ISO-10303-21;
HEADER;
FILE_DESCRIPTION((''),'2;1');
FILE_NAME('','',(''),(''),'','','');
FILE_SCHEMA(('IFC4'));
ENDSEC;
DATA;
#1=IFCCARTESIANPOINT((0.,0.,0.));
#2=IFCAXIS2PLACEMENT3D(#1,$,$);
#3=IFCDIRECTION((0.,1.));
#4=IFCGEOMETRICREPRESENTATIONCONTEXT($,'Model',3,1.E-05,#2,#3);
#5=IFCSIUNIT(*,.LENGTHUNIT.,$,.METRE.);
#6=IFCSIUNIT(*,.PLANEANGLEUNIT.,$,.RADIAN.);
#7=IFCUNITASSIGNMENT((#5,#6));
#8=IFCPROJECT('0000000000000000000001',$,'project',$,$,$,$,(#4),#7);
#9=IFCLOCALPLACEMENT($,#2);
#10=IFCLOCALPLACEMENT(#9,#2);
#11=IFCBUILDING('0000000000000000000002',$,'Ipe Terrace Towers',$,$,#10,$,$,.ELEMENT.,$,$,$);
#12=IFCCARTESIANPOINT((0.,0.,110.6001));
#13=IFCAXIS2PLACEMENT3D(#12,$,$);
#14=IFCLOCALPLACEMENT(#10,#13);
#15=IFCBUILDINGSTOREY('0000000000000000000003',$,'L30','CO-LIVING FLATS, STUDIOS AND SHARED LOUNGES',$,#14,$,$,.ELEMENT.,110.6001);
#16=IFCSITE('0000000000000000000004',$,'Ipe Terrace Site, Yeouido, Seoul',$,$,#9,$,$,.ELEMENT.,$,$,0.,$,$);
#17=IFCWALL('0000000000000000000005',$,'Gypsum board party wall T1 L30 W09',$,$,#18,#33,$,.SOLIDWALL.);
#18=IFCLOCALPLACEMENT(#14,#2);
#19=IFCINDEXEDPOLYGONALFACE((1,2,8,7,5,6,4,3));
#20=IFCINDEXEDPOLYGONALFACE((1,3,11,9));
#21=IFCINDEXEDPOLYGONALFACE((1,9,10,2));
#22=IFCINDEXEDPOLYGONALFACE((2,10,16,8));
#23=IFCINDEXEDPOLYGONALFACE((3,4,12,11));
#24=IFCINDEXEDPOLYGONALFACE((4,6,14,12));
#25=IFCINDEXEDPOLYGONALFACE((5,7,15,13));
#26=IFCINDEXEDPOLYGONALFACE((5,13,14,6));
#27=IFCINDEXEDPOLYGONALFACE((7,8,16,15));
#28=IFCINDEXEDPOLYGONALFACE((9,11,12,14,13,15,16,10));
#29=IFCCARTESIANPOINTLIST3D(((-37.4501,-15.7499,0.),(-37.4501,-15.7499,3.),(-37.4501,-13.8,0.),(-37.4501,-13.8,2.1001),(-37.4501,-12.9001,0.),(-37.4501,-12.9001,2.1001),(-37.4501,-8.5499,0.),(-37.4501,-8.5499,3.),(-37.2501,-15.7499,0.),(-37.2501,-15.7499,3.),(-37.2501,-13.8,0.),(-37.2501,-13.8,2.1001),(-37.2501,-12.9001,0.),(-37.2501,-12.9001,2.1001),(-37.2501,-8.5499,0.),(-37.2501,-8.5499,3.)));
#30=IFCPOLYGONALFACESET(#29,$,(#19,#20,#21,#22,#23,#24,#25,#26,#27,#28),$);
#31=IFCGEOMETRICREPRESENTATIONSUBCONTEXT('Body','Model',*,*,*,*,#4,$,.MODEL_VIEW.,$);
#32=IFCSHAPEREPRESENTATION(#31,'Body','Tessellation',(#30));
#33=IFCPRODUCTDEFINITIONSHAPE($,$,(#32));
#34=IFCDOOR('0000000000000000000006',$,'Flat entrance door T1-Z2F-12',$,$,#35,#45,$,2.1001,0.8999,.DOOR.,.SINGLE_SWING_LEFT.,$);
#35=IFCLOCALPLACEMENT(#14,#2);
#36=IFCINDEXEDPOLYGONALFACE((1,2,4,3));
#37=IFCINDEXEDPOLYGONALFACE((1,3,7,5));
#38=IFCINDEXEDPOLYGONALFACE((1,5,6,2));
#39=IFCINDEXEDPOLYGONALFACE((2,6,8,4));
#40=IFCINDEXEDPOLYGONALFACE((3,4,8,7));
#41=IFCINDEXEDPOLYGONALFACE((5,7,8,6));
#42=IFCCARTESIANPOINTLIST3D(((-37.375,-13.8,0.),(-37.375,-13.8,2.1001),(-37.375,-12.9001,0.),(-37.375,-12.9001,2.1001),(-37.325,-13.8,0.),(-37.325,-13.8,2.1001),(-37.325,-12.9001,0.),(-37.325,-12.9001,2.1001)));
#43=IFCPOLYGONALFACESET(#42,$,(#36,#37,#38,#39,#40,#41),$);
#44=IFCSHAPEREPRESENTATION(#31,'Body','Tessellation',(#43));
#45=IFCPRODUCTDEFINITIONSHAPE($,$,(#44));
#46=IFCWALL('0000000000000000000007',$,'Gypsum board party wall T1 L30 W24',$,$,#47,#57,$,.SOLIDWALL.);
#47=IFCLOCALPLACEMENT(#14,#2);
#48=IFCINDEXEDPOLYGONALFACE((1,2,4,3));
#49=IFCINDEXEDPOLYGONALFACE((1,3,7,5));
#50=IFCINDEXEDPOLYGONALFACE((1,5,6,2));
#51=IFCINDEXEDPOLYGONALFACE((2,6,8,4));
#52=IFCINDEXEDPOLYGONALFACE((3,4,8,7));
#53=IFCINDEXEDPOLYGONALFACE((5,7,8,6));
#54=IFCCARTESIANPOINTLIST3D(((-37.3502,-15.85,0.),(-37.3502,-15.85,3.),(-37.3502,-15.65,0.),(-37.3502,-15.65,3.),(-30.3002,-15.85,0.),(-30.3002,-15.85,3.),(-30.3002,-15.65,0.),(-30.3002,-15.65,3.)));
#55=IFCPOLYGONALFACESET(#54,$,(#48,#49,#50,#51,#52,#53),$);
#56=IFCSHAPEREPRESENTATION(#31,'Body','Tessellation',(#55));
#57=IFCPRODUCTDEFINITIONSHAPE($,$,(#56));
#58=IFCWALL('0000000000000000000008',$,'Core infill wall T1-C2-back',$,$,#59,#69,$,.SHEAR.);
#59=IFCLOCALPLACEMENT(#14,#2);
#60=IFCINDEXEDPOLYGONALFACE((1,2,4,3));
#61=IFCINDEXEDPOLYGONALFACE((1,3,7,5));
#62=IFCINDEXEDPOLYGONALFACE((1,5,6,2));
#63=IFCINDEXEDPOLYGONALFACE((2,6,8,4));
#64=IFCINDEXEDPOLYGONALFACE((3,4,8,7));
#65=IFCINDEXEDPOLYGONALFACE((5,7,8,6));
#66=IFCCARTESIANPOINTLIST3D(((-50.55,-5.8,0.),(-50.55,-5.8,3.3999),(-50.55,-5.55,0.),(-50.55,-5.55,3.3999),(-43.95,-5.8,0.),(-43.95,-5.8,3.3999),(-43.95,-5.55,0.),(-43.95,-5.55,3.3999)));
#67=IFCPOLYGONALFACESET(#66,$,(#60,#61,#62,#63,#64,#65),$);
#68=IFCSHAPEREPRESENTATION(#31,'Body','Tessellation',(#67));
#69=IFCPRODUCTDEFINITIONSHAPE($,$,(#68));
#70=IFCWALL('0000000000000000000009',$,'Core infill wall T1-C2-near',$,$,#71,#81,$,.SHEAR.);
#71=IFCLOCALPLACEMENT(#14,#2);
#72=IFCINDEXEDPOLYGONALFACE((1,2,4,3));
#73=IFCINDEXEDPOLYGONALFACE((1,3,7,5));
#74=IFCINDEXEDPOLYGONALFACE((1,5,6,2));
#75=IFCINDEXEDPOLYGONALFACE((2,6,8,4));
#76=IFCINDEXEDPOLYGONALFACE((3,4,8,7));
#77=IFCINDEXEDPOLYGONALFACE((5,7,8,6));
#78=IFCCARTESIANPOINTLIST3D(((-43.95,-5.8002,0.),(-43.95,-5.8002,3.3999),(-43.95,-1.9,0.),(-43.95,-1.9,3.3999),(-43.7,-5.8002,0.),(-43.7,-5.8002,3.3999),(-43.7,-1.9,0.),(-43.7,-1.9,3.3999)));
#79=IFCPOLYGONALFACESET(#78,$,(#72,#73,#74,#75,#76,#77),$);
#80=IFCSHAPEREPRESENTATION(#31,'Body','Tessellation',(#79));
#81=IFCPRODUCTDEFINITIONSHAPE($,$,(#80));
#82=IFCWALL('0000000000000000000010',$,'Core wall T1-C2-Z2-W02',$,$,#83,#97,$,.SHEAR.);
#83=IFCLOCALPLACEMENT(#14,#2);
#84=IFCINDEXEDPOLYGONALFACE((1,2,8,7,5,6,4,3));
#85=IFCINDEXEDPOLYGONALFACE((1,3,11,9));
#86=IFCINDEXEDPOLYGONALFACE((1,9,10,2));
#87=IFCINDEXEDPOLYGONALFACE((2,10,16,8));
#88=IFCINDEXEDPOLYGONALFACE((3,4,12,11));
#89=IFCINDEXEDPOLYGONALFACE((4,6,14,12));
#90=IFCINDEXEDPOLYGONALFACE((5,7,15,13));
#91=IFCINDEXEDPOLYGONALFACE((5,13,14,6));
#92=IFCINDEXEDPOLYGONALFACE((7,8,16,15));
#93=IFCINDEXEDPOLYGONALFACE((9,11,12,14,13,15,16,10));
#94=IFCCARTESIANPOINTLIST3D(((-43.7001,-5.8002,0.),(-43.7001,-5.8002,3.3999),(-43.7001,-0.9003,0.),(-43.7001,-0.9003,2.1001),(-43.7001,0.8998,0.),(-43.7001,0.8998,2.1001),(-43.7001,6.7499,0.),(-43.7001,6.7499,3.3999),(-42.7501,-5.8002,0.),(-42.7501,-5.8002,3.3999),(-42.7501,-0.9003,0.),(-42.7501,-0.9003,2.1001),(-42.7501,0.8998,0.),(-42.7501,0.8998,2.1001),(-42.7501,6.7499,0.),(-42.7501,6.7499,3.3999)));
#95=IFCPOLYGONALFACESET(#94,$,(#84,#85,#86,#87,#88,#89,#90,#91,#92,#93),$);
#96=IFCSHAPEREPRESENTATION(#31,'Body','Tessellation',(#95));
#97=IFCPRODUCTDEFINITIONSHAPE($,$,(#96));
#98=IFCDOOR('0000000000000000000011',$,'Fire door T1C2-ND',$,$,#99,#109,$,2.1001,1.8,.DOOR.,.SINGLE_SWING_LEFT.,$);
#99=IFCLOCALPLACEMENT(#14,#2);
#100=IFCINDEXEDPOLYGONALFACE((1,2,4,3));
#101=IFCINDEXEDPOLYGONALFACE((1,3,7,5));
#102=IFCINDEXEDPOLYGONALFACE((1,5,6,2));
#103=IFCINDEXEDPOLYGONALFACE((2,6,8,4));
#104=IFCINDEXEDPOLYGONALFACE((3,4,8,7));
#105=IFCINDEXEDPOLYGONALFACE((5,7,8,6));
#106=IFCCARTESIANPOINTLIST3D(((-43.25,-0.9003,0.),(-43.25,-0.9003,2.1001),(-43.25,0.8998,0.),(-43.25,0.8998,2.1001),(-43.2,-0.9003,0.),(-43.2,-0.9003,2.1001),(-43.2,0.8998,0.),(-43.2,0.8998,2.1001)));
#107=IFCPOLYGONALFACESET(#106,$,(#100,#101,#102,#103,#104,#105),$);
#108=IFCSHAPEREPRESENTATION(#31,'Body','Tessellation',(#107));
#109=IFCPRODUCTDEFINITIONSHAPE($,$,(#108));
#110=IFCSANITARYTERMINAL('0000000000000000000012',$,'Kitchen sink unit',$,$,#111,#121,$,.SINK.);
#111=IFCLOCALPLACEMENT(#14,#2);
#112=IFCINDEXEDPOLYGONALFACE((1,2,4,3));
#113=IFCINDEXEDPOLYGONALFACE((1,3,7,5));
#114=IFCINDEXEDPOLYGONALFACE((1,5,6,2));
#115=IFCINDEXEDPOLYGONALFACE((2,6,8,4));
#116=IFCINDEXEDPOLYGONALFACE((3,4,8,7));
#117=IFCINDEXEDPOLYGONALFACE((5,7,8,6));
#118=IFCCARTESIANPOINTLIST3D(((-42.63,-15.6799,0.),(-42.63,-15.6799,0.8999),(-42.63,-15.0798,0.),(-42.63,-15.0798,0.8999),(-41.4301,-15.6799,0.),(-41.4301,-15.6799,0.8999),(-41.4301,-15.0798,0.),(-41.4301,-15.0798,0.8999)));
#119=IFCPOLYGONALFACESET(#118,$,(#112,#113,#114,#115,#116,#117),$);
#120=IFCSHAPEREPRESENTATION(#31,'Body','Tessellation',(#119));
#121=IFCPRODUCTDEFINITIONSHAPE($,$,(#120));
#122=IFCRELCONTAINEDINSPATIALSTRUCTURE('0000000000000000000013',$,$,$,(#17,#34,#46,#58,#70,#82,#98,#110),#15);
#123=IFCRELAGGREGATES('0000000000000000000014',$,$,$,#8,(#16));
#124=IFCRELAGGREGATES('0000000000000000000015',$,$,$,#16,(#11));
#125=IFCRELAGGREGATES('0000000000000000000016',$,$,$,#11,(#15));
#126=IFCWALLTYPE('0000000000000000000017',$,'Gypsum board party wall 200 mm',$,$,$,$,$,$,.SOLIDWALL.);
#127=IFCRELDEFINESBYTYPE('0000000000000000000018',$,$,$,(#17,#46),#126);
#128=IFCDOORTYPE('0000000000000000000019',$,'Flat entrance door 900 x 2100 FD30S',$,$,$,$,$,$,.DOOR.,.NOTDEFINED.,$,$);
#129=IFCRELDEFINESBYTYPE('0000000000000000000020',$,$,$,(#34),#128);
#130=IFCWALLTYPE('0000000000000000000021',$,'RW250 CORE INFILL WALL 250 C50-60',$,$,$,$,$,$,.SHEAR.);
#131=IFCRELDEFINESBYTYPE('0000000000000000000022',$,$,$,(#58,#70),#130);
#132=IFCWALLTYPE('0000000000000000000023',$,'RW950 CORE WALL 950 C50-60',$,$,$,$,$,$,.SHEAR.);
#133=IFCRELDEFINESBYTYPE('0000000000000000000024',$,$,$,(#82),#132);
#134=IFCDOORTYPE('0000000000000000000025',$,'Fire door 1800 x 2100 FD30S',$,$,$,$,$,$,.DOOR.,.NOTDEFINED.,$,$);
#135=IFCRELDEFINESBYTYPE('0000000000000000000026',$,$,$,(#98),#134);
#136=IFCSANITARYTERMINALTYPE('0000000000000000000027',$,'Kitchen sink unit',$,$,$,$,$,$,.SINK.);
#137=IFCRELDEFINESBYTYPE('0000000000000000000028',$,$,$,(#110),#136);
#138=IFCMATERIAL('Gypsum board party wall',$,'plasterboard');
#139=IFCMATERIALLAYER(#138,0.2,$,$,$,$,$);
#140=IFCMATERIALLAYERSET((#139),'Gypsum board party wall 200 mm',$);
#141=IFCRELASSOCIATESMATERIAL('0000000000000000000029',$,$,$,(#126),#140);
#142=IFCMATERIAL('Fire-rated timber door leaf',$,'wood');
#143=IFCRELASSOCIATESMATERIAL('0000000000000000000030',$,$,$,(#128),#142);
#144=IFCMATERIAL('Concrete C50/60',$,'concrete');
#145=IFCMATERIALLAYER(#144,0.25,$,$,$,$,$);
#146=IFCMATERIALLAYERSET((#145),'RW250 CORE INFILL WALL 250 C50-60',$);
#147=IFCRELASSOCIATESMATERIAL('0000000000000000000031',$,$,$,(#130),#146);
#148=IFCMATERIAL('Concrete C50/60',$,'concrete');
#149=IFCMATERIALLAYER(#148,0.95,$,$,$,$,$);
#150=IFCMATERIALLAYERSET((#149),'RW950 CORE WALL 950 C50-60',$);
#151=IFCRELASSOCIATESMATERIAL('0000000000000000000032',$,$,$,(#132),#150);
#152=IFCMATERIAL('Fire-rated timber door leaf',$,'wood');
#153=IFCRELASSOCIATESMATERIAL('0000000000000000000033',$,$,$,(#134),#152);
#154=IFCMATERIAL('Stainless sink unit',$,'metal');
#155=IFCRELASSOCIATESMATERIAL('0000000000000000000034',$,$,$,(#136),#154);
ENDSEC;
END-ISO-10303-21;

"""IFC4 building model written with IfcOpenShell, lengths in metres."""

from ifc_helpers import new_model, si_unit, direction, frame, frame_2d, origin, origin_2d, place, context, subcontext, project, spatial, rectangle, extrude, material, layer, layer_set, type_object, element, fill, save


model = new_model("IFC4")

# Units and contexts
model_context = context("Model", 3, precision=1e-05, world=origin(), true_north=direction((0.0, 1.0)))
body_context = subcontext(model_context, "Body", "Model", "MODEL_VIEW")
ifc_project = project(units=[si_unit("LENGTHUNIT", "METRE"), si_unit("PLANEANGLEUNIT", "RADIAN")], contexts=[model_context])

# Site, building, storey
site_placement = place(None, origin())
site = spatial("IfcSite", under=ifc_project, at=site_placement, Name="Ipe Terrace Site, Yeouido, Seoul", CompositionType="ELEMENT", RefElevation=0.0)
building_placement = place(site_placement, origin())
building = spatial("IfcBuilding", under=site, at=building_placement, Name="Ipe Terrace Towers", CompositionType="ELEMENT")
storey_placement = place(building_placement, frame((0.0, 0.0, 110.6001)))
storey = spatial("IfcBuildingStorey", under=building, at=storey_placement, Name="L30", Description="CO-LIVING FLATS, STUDIOS AND SHARED LOUNGES", CompositionType="ELEMENT", Elevation=110.6001)

# Wall, opening, door
ifc_material_1 = material(Name="Gypsum board party wall", Category="plasterboard")
ifc_layer_1 = layer(ifc_material_1, 0.2)
ifc_layer_set_1 = layer_set([ifc_layer_1], Name="Gypsum board party wall 200 mm")
wall_type_1 = type_object("IfcWallType", Name="Gypsum board party wall 200 mm", PredefinedType="SOLIDWALL", material=ifc_layer_set_1)
wall_1_placement = place(storey_placement, frame((-37.3501, -15.75, 0.0), z_axis=(0.0, 0.0, 1.0), x_axis=(0.0, 1.0, 0.0)))
wall_1 = element("IfcWall", 1, at=wall_1_placement, inside=storey, type_object=wall_type_1, Name="Gypsum board party wall T1 L30 W09", PredefinedType="SOLIDWALL", context=body_context, shape_type="SweptSolid", body=[
    extrude(rectangle(XDim=7.2, YDim=0.2, at=frame_2d((3.6001, 0.0))), origin(), (0.0, 0.0, 1.0), 3.0),
])
opening_1_placement = place(wall_1_placement, frame((1.95, 0.0, 0.0)))
opening_1 = element("IfcOpeningElement", 2, at=opening_1_placement, cuts=wall_1, PredefinedType="OPENING", context=body_context, shape_type="SweptSolid", body=[
    extrude(rectangle(XDim=0.8999, YDim=2.1001, at=frame_2d((0.45, 1.05))), frame((0.0, 0.1099, 0.0), z_axis=(0.0, -1.0, 0.0), x_axis=(1.0, 0.0, 0.0)), (0.0, 0.0, 1.0), 0.22),
])
ifc_material_2 = material(Name="Fire-rated timber door leaf", Category="wood")
door_type_1 = type_object("IfcDoorType", Name="Flat entrance door 900 x 2100 FD30S", OperationType="NOTDEFINED", PredefinedType="DOOR", material=ifc_material_2)
door_1_placement = place(opening_1_placement, origin())
door_1 = element("IfcDoor", 3, at=door_1_placement, inside=storey, type_object=door_type_1, Name="Flat entrance door T1-Z2F-12", OperationType="SINGLE_SWING_LEFT", OverallHeight=2.1001, OverallWidth=0.8999, PredefinedType="DOOR", context=body_context, shape_type="SweptSolid", body=[
    extrude(rectangle(XDim=0.8999, YDim=2.1001, at=frame_2d((0.45, 1.05))), frame((0.0, 0.0249, 0.0), z_axis=(0.0, -1.0, 0.0), x_axis=(1.0, 0.0, 0.0)), (0.0, 0.0, 1.0), 0.05),
])
fill(opening_1, door_1)

# Walls
wall_2_placement = place(storey_placement, frame((-37.3501, -15.75, 0.0), z_axis=(0.0, 0.0, 1.0), x_axis=(1.0, 0.0, 0.0)))
element("IfcWall", 4, at=wall_2_placement, inside=storey, type_object=wall_type_1, Name="Gypsum board party wall T1 L30 W24", PredefinedType="SOLIDWALL", context=body_context, shape_type="SweptSolid", body=[
    extrude(rectangle(XDim=7.05, YDim=0.2, at=frame_2d((3.5249, 0.0))), origin(), (0.0, 0.0, 1.0), 3.0),
])
ifc_material_3 = material(Name="Concrete C50/60", Category="concrete")
ifc_layer_2 = layer(ifc_material_3, 0.25)
ifc_layer_set_2 = layer_set([ifc_layer_2], Name="RW250 CORE INFILL WALL 250 C50-60")
wall_type_2 = type_object("IfcWallType", Name="RW250 CORE INFILL WALL 250 C50-60", PredefinedType="SHEAR", material=ifc_layer_set_2)
wall_3_placement = place(storey_placement, frame((-43.95, -5.675, 0.0), z_axis=(0.0, 0.0, 1.0), x_axis=(-1.0, 0.0, 0.0)))
element("IfcWall", 5, at=wall_3_placement, inside=storey, type_object=wall_type_2, Name="Core infill wall T1-C2-back", PredefinedType="SHEAR", context=body_context, shape_type="SweptSolid", body=[
    extrude(rectangle(XDim=6.6001, YDim=0.25, at=frame_2d((3.3, 0.0))), origin(), (0.0, 0.0, 1.0), 3.3999),
])
wall_4_placement = place(storey_placement, frame((-43.825, -1.8999, 0.0), z_axis=(0.0, 0.0, 1.0), x_axis=(0.0, -1.0, 0.0)))
element("IfcWall", 6, at=wall_4_placement, inside=storey, type_object=wall_type_2, Name="Core infill wall T1-C2-near", PredefinedType="SHEAR", context=body_context, shape_type="SweptSolid", body=[
    extrude(rectangle(XDim=3.9001, YDim=0.25, at=frame_2d((1.9502, 0.0))), origin(), (0.0, 0.0, 1.0), 3.3999),
])

# Wall, opening, door
ifc_material_4 = material(Name="Concrete C50/60", Category="concrete")
ifc_layer_3 = layer(ifc_material_4, 0.95)
ifc_layer_set_3 = layer_set([ifc_layer_3], Name="RW950 CORE WALL 950 C50-60")
wall_type_3 = type_object("IfcWallType", Name="RW950 CORE WALL 950 C50-60", PredefinedType="SHEAR", material=ifc_layer_set_3)
wall_5_placement = place(storey_placement, frame((-43.2251, -5.8, 0.0), z_axis=(0.0, 0.0, 1.0), x_axis=(0.0, 1.0, 0.0)))
wall_5 = element("IfcWall", 7, at=wall_5_placement, inside=storey, type_object=wall_type_3, Name="Core wall T1-C2-Z2-W02", PredefinedType="SHEAR", context=body_context, shape_type="SweptSolid", body=[
    extrude(rectangle(XDim=12.55, YDim=0.95, at=frame_2d((6.2749, 0.0))), origin(), (0.0, 0.0, 1.0), 3.3999),
])
opening_2_placement = place(wall_5_placement, frame((4.8999, 0.0, 0.0)))
opening_2 = element("IfcOpeningElement", 8, at=opening_2_placement, cuts=wall_5, PredefinedType="OPENING", context=body_context, shape_type="SweptSolid", body=[
    extrude(rectangle(XDim=1.8, YDim=2.1001, at=frame_2d((0.8999, 1.05))), frame((0.0, 0.4849, 0.0), z_axis=(0.0, -1.0, 0.0), x_axis=(1.0, 0.0, 0.0)), (0.0, 0.0, 1.0), 0.97),
])
ifc_material_5 = material(Name="Fire-rated timber door leaf", Category="wood")
door_type_2 = type_object("IfcDoorType", Name="Fire door 1800 x 2100 FD30S", OperationType="NOTDEFINED", PredefinedType="DOOR", material=ifc_material_5)
door_2_placement = place(opening_2_placement, origin())
door_2 = element("IfcDoor", 9, at=door_2_placement, inside=storey, type_object=door_type_2, Name="Fire door T1C2-ND", OperationType="SINGLE_SWING_LEFT", OverallHeight=2.1001, OverallWidth=1.8, PredefinedType="DOOR", context=body_context, shape_type="SweptSolid", body=[
    extrude(rectangle(XDim=1.8, YDim=2.1001, at=frame_2d((0.8999, 1.05))), frame((0.0, 0.0249, 0.0), z_axis=(0.0, -1.0, 0.0), x_axis=(1.0, 0.0, 0.0)), (0.0, 0.0, 1.0), 0.05),
])
fill(opening_2, door_2)

# Sanitary terminal
ifc_material_6 = material(Name="Stainless sink unit", Category="metal")
sanitary_terminal_type = type_object("IfcSanitaryTerminalType", Name="Kitchen sink unit", PredefinedType="SINK", material=ifc_material_6)
sanitary_terminal_placement = place(storey_placement, frame((-42.03, -15.3799, 0.0), z_axis=(0.0, 0.0, 1.0), x_axis=(-1.0, 0.0, 0.0)))
element("IfcSanitaryTerminal", 10, at=sanitary_terminal_placement, inside=storey, type_object=sanitary_terminal_type, Name="Kitchen sink unit", PredefinedType="SINK", context=body_context, shape_type="SweptSolid", body=[
    extrude(rectangle(XDim=1.2, YDim=0.6001, at=origin_2d()), origin(), (0.0, 0.0, 1.0), 0.8999),
])

save(model, "model.ifc")
